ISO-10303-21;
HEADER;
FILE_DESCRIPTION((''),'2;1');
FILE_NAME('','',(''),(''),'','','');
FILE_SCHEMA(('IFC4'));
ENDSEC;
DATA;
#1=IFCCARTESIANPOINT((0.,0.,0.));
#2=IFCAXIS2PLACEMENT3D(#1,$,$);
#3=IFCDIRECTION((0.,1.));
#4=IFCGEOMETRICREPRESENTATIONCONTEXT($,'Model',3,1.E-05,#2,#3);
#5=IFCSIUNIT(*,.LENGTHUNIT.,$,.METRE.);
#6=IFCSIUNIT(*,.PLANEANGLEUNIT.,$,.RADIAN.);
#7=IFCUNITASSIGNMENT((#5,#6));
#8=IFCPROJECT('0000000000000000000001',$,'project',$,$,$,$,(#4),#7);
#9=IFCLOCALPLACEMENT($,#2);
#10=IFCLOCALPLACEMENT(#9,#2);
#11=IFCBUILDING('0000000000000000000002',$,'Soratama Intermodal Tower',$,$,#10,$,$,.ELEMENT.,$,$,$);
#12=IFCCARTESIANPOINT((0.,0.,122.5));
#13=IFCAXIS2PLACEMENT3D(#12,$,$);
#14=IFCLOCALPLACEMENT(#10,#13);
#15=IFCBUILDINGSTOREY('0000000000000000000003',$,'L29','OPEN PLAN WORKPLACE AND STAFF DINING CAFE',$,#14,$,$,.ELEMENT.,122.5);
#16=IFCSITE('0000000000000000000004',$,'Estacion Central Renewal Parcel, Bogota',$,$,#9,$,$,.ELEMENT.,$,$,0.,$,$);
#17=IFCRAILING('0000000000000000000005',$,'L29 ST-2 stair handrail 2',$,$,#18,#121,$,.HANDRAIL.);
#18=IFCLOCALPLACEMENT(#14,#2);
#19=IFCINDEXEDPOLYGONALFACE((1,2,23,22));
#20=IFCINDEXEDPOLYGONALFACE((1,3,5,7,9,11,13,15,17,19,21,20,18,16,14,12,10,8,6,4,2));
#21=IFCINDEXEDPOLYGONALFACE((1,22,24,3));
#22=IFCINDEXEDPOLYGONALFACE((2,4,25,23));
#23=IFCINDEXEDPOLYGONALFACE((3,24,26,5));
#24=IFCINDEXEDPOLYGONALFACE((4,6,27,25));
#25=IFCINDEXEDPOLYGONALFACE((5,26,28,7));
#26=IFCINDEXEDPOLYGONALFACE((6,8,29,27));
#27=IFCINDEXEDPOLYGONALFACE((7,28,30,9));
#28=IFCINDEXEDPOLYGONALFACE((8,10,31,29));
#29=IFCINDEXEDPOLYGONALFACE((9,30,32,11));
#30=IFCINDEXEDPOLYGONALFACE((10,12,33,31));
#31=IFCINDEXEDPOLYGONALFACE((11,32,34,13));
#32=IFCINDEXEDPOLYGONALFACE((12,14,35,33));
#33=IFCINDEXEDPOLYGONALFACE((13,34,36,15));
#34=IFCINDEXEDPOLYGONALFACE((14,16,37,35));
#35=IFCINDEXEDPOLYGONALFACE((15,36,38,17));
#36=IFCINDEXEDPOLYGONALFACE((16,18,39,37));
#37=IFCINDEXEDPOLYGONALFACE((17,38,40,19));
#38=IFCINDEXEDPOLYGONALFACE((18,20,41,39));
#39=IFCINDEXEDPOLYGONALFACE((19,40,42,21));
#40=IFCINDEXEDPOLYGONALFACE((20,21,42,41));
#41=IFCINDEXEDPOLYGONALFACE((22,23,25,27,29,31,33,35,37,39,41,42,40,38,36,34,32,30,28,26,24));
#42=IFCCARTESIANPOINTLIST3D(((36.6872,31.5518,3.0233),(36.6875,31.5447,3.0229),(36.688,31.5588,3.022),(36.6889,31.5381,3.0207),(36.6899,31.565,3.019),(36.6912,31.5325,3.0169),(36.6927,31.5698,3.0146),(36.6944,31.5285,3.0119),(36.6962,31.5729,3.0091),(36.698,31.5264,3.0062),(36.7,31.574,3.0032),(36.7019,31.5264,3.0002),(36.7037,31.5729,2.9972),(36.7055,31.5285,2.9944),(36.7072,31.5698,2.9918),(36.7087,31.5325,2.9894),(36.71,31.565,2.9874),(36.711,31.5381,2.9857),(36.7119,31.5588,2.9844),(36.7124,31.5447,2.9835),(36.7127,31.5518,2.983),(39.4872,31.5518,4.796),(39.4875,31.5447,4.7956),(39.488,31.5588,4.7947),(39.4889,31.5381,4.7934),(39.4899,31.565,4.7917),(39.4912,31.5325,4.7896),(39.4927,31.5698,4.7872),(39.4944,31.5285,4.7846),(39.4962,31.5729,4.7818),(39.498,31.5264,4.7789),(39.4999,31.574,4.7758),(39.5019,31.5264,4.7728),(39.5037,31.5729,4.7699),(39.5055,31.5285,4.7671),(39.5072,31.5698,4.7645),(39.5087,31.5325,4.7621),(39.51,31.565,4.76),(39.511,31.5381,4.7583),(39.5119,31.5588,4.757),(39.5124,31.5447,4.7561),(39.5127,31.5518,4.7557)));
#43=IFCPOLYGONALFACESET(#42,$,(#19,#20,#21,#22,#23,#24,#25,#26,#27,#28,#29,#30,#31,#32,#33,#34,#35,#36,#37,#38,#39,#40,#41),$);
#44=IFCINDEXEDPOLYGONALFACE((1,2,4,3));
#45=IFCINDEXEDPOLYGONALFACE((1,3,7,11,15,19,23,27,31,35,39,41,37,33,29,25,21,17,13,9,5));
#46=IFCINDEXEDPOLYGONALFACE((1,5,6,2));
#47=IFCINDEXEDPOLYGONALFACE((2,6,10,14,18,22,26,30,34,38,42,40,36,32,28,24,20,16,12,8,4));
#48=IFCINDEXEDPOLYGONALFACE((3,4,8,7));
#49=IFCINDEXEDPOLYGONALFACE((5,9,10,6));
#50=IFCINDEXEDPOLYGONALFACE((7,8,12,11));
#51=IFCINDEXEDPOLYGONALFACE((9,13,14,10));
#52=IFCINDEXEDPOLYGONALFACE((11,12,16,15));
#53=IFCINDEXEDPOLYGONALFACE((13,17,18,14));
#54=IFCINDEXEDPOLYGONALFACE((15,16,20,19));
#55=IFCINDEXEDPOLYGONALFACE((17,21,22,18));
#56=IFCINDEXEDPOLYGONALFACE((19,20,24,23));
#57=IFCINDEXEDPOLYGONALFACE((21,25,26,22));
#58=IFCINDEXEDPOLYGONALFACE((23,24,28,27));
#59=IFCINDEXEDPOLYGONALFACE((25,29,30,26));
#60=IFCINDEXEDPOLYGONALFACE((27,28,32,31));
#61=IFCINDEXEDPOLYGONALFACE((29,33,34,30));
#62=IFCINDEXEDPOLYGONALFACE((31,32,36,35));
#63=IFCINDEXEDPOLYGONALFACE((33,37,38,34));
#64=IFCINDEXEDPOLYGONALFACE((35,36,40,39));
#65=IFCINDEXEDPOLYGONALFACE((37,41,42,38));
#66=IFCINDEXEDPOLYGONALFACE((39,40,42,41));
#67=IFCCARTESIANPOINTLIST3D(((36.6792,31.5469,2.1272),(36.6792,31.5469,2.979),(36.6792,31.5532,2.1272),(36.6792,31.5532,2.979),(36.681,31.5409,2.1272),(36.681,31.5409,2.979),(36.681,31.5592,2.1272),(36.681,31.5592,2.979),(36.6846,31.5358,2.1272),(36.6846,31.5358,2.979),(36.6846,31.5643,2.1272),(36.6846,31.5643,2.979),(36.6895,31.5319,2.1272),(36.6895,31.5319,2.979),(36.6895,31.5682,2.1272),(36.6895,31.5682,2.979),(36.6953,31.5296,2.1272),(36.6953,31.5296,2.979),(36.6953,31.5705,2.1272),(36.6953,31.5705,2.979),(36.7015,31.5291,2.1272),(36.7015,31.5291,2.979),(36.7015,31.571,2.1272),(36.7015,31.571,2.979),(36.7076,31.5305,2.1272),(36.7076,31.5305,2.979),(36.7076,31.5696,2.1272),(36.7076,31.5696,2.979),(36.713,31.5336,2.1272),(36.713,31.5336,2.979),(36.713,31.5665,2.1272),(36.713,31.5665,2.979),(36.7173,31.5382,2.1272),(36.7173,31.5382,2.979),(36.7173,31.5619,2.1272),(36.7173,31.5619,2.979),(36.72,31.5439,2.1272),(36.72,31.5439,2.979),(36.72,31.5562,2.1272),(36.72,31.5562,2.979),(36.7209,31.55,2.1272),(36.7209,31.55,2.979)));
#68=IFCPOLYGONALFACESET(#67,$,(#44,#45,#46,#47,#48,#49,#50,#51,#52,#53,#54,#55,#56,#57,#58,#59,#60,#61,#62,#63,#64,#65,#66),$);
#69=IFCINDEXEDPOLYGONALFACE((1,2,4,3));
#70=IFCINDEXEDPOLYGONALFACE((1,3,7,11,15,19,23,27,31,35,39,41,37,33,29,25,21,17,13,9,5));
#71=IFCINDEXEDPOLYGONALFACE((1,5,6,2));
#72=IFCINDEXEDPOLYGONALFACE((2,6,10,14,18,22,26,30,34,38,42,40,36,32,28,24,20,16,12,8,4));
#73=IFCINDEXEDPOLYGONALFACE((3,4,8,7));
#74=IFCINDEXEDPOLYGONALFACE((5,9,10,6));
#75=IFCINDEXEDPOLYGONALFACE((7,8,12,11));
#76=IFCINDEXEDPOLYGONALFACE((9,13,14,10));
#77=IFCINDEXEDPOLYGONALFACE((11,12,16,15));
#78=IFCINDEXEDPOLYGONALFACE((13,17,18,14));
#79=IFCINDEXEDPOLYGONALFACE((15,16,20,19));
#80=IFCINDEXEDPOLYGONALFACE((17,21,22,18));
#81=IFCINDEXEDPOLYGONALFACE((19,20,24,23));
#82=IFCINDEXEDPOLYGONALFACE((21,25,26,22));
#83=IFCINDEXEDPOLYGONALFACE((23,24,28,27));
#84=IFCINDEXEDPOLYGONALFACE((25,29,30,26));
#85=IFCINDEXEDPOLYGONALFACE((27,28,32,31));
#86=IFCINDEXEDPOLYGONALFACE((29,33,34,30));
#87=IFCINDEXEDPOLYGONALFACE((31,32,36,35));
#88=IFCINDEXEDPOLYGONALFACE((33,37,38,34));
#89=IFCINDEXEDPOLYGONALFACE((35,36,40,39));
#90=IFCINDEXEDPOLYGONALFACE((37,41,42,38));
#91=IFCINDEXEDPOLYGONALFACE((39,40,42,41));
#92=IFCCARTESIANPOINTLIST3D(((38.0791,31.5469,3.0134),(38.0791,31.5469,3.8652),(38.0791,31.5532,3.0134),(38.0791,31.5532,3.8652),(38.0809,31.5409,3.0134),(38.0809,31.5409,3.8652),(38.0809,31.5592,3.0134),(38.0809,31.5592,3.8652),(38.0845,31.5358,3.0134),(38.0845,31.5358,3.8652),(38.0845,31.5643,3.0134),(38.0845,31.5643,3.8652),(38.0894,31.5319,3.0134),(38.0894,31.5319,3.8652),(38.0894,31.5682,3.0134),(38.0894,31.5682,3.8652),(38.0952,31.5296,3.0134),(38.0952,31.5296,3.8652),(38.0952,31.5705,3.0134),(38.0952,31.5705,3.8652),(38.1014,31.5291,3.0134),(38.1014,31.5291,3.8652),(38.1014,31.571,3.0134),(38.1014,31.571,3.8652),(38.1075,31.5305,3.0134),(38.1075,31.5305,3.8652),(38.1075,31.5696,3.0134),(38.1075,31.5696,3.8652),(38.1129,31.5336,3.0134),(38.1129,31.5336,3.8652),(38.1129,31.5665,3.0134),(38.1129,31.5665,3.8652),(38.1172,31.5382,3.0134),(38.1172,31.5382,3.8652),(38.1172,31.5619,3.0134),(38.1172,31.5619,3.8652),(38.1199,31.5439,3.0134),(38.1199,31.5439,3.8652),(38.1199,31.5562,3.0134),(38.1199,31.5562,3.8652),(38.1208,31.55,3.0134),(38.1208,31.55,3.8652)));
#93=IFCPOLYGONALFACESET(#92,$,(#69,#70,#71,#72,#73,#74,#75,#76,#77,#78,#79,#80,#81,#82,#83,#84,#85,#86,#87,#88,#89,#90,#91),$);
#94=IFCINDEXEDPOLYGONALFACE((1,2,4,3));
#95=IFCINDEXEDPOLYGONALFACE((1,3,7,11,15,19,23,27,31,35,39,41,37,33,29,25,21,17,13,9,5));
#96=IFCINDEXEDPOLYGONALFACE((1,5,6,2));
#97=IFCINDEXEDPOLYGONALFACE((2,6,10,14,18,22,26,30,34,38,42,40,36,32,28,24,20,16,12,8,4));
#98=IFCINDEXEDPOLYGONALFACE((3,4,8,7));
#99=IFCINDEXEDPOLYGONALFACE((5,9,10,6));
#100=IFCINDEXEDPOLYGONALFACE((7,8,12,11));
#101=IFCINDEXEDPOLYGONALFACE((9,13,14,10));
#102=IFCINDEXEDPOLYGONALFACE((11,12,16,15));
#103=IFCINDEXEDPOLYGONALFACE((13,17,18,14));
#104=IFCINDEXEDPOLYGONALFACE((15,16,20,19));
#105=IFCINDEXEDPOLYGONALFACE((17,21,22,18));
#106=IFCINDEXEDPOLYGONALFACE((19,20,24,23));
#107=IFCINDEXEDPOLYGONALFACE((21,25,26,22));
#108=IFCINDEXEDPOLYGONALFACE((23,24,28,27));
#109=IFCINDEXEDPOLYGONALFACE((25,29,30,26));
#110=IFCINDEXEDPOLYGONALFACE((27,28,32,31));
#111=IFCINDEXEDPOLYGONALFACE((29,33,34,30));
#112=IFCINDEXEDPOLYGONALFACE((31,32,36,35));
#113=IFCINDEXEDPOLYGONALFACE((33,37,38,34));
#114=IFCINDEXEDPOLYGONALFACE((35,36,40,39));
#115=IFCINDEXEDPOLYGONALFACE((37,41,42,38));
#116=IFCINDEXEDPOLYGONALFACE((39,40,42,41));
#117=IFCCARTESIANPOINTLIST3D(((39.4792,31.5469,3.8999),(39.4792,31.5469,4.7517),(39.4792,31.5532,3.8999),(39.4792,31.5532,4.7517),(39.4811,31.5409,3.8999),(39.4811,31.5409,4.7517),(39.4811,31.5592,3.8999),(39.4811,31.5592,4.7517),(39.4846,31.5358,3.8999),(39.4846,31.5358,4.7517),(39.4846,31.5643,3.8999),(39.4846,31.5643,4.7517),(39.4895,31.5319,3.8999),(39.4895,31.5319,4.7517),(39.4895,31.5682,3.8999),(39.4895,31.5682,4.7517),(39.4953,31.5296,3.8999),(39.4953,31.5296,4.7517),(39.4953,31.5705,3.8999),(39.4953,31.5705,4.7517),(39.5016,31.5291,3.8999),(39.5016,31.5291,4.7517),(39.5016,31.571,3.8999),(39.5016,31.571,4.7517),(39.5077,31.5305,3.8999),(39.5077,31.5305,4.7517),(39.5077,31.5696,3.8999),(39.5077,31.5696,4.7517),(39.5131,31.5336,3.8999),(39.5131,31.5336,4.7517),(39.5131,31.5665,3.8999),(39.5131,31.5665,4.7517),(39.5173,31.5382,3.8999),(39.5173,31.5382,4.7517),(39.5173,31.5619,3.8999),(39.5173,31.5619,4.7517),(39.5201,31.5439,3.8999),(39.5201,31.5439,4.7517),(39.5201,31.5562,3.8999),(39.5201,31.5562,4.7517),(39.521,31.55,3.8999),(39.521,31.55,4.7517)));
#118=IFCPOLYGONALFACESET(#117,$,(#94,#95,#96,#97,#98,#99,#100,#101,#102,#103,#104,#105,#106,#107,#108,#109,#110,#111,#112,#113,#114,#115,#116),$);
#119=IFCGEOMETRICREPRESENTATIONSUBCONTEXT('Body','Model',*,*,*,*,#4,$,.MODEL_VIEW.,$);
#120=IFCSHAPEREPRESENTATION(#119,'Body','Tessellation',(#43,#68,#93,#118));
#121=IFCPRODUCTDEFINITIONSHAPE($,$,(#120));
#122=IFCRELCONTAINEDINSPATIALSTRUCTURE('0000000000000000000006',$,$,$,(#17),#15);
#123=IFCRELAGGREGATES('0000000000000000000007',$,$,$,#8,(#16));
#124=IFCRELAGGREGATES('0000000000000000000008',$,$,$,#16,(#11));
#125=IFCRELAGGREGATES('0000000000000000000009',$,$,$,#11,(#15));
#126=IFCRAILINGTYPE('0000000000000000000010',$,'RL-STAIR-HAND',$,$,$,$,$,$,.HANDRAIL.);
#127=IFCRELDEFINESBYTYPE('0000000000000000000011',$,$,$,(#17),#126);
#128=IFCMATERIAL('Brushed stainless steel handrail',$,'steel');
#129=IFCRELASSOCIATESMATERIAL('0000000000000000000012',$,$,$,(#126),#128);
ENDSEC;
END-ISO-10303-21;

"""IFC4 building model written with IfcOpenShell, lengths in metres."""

from ifc_helpers import new_model, si_unit, direction, frame, origin, origin_2d, place, context, subcontext, project, spatial, circle, extrude, material, type_object, element, save


model = new_model("IFC4")

# Units and contexts
model_context = context("Model", 3, precision=1e-05, world=origin(), true_north=direction((0.0, 1.0)))
body_context = subcontext(model_context, "Body", "Model", "MODEL_VIEW")
ifc_project = project(units=[si_unit("LENGTHUNIT", "METRE"), si_unit("PLANEANGLEUNIT", "RADIAN")], contexts=[model_context])

# Site, building, storey
site_placement = place(None, origin())
site = spatial("IfcSite", under=ifc_project, at=site_placement, Name="Estacion Central Renewal Parcel, Bogota", CompositionType="ELEMENT", RefElevation=0.0)
building_placement = place(site_placement, origin())
building = spatial("IfcBuilding", under=site, at=building_placement, Name="Soratama Intermodal Tower", CompositionType="ELEMENT")
storey_placement = place(building_placement, frame((0.0, 0.0, 122.5)))
storey = spatial("IfcBuildingStorey", under=building, at=storey_placement, Name="L29", Description="OPEN PLAN WORKPLACE AND STAFF DINING CAFE", CompositionType="ELEMENT", Elevation=122.5)

# Railing
ifc_material_1 = material(Name="Brushed stainless steel handrail", Category="steel")
railing_type_1 = type_object("IfcRailingType", Name="RL-STAIR-HAND", PredefinedType="HANDRAIL", material=ifc_material_1)
railing_1_placement = place(storey_placement, frame((36.7, 31.55, 2.1272)))
element("IfcRailing", 1, at=railing_1_placement, inside=storey, type_object=railing_type_1, Name="L29 ST-2 stair handrail 2", PredefinedType="HANDRAIL", context=body_context, shape_type="SweptSolid", body=[
    extrude(circle(Radius=0.0239, at=origin_2d()), frame((0.0, 0.0, 0.876), z_axis=(0.844909, 0.0, 0.53491), x_axis=(0.0, 1.0, 0.0)), (0.0, 0.0, 1.0), 3.314),
    extrude(circle(Radius=0.021, at=origin_2d()), origin(), (0.0, 0.0, 1.0), 0.8518),
    extrude(circle(Radius=0.021, at=origin_2d()), frame((1.3999, 0.0, 0.8862)), (0.0, 0.0, 1.0), 0.8518),
    extrude(circle(Radius=0.021, at=origin_2d()), frame((2.8, 0.0, 1.7727)), (0.0, 0.0, 1.0), 0.8518),
])

save(model, "model.ifc")
